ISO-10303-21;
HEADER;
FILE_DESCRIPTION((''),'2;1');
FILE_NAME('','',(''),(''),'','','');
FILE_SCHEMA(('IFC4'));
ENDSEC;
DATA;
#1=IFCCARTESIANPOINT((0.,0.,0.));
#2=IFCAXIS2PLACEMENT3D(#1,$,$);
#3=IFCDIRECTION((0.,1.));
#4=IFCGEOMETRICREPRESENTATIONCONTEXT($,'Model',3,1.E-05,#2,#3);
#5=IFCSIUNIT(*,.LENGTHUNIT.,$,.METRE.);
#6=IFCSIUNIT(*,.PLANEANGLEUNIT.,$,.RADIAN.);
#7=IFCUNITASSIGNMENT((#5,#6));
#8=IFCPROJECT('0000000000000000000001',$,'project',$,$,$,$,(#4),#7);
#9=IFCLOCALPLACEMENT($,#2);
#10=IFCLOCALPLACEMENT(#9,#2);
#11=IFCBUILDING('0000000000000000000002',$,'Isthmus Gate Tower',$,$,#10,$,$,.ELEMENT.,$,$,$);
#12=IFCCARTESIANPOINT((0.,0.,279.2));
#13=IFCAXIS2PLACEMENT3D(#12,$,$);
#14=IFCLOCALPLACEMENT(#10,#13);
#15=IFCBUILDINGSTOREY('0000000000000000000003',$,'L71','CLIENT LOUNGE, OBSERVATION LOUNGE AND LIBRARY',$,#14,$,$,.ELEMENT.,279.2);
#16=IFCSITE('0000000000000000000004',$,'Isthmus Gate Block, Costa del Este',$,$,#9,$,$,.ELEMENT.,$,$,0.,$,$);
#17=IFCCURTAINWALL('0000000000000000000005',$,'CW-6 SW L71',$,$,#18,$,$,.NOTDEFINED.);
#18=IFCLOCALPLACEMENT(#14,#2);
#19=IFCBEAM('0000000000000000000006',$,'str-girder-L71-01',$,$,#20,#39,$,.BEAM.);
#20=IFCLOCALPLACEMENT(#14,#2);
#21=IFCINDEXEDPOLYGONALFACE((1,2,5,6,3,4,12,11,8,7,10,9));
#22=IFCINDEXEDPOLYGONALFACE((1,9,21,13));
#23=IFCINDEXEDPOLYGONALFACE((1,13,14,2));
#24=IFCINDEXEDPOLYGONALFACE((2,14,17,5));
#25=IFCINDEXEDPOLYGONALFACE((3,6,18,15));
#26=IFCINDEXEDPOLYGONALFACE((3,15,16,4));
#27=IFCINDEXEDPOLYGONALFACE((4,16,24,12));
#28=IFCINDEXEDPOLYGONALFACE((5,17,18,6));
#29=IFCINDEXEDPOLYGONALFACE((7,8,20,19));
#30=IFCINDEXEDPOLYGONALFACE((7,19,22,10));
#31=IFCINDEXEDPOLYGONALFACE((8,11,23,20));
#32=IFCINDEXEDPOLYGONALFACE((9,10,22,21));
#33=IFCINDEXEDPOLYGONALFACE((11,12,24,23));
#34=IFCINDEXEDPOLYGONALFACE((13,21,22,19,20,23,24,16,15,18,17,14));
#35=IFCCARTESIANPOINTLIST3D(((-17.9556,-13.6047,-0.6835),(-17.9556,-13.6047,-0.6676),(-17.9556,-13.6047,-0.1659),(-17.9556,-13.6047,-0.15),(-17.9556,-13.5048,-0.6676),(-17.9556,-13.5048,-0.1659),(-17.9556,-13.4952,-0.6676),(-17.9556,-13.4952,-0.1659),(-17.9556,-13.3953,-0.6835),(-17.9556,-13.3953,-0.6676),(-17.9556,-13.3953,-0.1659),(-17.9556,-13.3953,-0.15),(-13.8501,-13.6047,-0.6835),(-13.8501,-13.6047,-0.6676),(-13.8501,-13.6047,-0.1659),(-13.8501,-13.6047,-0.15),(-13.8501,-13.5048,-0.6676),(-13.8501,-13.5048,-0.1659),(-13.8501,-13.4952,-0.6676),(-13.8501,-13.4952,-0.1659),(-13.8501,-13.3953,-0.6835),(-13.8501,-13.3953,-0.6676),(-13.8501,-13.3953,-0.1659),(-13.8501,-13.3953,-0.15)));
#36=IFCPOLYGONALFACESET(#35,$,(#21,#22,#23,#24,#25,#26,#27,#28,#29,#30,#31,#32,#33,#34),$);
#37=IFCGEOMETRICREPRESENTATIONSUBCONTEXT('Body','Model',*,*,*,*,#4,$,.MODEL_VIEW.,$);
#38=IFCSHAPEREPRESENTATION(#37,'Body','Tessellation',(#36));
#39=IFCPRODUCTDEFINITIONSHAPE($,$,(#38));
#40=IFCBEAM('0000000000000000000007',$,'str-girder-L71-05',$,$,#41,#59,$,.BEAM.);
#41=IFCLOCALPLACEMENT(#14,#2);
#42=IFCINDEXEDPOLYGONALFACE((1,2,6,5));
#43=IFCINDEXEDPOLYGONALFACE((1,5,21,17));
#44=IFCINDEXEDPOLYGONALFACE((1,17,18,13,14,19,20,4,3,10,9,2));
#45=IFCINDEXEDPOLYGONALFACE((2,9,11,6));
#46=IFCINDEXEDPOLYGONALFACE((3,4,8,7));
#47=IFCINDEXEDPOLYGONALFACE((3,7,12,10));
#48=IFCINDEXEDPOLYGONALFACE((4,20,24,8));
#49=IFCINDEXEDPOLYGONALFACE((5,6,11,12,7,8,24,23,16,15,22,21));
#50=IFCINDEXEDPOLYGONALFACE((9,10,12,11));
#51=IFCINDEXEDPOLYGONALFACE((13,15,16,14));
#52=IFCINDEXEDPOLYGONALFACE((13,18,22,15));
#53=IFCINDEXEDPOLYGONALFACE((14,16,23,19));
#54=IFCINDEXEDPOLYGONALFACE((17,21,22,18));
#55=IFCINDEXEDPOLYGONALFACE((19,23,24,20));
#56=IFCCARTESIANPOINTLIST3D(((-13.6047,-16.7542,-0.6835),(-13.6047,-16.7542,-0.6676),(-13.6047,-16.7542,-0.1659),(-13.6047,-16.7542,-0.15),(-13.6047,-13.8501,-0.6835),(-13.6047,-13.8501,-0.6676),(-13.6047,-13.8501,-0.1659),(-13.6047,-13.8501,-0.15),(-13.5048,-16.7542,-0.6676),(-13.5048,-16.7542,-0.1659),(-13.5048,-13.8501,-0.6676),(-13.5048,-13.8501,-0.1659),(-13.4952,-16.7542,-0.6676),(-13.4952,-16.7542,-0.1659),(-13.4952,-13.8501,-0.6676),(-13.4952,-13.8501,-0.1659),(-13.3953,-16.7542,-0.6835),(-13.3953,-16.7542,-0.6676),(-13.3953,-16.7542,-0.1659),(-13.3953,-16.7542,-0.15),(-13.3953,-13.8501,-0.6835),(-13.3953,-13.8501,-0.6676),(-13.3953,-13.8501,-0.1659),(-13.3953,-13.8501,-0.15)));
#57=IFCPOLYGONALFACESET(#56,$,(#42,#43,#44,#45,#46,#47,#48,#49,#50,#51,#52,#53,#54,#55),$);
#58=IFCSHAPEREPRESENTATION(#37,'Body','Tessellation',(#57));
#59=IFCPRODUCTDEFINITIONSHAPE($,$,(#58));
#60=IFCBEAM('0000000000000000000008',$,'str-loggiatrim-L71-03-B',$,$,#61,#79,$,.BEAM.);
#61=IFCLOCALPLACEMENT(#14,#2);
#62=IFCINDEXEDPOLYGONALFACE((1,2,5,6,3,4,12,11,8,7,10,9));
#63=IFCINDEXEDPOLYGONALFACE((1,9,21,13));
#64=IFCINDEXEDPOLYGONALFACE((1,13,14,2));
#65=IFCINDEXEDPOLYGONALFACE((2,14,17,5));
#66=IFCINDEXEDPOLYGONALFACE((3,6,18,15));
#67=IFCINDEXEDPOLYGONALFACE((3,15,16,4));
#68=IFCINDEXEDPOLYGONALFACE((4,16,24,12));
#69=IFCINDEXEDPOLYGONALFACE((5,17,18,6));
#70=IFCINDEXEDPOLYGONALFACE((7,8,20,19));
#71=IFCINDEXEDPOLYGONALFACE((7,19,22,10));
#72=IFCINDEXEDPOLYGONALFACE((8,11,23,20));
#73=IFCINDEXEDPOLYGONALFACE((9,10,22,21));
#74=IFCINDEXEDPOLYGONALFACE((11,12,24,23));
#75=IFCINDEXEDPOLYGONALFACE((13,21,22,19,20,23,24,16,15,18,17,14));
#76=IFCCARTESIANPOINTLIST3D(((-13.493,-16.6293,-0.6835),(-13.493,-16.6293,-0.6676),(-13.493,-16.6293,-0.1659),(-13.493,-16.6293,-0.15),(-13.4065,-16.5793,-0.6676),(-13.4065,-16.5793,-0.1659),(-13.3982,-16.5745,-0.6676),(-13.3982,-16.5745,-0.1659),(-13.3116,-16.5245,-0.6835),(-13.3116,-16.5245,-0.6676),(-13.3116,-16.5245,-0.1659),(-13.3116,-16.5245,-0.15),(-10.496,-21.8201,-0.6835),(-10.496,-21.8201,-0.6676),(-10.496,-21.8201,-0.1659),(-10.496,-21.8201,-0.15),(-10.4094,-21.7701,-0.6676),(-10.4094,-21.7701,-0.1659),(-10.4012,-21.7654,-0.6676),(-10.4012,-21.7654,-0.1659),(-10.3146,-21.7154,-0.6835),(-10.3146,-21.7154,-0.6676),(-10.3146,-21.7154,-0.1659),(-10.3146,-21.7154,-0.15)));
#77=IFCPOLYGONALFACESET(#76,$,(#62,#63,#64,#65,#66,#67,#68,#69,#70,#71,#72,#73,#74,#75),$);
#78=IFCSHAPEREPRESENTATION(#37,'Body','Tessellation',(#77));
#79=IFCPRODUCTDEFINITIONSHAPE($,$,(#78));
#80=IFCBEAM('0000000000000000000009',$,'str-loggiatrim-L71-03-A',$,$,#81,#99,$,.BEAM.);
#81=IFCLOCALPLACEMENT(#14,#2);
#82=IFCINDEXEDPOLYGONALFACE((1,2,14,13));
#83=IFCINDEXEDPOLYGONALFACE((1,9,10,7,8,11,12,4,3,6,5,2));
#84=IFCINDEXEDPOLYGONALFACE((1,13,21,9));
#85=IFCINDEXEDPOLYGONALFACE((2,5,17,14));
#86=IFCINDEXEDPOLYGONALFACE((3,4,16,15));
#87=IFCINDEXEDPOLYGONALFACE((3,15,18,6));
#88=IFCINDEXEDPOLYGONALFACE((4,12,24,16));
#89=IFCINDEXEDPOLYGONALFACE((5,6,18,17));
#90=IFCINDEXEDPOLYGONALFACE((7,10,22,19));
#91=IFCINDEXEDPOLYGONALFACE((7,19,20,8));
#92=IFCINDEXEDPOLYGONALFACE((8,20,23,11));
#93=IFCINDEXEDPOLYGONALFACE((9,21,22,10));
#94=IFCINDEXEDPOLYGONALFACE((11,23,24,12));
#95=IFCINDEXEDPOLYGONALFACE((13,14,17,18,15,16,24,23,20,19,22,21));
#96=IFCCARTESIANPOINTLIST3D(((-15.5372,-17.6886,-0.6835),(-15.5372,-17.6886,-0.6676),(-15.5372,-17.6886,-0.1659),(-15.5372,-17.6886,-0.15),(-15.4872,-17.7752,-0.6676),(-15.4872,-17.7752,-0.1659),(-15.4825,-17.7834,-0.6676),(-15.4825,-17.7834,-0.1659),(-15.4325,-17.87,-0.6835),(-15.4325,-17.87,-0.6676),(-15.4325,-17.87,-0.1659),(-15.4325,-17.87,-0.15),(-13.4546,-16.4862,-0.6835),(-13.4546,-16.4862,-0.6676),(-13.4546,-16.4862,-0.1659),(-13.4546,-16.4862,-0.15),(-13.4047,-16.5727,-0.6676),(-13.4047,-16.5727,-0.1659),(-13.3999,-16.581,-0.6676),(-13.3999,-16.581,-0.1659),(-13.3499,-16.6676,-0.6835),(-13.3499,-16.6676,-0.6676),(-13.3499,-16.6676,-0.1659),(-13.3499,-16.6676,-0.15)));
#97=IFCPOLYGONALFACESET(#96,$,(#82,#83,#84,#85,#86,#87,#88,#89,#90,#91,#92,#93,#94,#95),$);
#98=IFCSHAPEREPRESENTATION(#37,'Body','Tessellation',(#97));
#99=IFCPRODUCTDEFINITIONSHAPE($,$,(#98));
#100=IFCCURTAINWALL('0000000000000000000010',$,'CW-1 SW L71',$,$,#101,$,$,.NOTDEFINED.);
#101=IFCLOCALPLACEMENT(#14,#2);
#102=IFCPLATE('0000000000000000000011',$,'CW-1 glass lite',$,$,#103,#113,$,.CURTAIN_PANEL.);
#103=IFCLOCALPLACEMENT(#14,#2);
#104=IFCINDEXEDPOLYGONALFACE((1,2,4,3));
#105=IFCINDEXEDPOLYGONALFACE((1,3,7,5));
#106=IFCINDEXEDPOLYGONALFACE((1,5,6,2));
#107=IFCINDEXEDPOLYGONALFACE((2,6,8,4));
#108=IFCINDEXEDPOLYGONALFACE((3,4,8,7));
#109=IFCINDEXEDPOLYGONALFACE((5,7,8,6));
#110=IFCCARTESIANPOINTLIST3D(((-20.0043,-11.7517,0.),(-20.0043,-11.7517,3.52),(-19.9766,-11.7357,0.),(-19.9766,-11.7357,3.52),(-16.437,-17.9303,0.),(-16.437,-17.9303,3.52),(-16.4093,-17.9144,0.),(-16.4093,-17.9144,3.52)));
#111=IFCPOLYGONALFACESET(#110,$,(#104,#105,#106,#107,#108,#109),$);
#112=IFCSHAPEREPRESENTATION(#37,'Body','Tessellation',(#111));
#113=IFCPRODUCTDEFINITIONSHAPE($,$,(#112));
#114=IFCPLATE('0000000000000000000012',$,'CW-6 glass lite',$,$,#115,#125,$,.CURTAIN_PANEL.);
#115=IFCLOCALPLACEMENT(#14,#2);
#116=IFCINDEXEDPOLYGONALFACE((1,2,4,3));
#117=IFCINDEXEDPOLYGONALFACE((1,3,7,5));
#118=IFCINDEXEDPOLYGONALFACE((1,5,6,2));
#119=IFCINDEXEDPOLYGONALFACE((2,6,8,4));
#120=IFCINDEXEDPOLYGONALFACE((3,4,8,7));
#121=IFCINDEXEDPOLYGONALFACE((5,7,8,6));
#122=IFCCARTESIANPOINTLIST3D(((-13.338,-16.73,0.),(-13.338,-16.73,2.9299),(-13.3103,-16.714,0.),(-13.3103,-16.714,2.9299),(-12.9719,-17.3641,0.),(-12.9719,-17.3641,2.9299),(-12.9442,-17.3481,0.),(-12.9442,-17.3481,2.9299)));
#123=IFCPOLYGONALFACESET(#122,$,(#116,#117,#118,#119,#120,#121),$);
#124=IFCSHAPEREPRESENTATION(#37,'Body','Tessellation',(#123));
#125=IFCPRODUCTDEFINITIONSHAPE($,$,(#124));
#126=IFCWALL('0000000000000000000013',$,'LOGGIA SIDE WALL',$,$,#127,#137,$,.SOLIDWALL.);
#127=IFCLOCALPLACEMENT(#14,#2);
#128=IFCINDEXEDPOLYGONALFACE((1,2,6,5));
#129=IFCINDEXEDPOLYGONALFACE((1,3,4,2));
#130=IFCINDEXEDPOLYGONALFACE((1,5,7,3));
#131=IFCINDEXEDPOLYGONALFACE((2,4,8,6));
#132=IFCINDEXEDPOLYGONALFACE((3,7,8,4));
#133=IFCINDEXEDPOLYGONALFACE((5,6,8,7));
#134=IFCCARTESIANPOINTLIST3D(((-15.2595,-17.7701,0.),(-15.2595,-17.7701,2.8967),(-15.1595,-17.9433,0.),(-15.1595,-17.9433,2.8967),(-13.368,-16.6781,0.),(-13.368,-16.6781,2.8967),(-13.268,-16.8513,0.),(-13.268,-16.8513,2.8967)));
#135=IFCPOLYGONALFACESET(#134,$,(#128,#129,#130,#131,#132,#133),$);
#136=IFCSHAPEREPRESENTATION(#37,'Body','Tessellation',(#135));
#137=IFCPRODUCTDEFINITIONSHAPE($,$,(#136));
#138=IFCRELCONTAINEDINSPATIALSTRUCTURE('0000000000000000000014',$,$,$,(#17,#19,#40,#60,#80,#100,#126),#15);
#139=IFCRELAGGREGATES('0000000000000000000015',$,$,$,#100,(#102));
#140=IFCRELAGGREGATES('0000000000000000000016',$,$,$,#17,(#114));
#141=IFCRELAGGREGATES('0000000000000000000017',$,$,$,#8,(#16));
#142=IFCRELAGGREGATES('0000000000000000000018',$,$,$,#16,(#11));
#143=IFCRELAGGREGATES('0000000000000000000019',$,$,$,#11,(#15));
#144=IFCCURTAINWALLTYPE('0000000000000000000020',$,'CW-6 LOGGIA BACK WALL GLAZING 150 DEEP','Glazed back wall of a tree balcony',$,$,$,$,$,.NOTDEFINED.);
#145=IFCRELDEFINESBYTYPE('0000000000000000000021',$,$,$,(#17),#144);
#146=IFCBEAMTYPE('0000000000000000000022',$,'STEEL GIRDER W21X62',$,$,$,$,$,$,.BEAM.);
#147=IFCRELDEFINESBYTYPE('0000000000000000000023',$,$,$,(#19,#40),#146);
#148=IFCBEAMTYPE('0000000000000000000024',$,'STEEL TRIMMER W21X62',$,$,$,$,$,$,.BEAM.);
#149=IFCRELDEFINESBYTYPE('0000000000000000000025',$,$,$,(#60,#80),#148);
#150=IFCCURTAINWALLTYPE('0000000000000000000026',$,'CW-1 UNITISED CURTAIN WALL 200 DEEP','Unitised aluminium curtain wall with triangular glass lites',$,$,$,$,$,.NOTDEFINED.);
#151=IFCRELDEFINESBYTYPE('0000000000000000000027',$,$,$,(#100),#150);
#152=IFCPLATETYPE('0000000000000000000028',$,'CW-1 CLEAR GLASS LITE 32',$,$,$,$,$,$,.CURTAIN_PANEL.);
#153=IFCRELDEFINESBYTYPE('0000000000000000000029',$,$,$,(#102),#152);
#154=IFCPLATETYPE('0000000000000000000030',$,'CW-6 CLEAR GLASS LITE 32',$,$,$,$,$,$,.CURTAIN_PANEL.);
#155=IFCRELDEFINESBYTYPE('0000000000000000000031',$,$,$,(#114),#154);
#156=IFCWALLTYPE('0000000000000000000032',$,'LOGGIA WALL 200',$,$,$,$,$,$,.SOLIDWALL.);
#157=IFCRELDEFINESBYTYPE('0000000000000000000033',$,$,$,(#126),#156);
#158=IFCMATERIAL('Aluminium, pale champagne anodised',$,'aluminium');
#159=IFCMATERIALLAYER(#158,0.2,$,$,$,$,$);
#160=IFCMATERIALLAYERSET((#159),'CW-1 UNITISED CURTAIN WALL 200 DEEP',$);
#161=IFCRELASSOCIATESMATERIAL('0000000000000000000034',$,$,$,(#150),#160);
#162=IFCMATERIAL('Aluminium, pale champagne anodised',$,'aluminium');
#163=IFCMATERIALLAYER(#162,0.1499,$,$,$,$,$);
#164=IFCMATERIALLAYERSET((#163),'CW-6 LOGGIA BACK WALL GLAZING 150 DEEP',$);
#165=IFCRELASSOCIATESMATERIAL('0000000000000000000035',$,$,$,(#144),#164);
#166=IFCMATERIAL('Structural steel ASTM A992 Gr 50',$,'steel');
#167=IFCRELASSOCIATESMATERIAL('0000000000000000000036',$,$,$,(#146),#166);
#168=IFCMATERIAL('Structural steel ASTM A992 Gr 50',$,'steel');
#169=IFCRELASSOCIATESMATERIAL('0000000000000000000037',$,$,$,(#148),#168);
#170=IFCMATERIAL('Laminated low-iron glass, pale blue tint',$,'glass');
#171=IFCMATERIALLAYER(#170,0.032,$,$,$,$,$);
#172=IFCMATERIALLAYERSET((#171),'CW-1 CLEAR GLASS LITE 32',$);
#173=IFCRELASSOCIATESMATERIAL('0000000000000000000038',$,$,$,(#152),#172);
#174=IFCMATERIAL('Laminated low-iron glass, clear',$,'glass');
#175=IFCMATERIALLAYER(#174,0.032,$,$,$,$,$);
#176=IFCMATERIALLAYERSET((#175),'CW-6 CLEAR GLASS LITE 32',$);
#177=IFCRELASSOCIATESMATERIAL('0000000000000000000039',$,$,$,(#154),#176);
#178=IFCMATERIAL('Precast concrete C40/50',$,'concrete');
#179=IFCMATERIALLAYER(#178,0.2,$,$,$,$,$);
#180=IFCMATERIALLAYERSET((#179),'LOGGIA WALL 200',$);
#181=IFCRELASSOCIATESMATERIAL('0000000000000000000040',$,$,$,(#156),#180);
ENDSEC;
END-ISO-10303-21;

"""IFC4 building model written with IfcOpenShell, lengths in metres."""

from ifc_helpers import new_model, si_unit, direction, frame, frame_2d, origin, origin_2d, place, context, subcontext, project, spatial, rectangle, i_section, extrude, material, layer, layer_set, material_profile, profile_set, type_object, element, aggregate, save


model = new_model("IFC4")

# Units and contexts
model_context = context("Model", 3, precision=1e-05, world=origin(), true_north=direction((0.0, 1.0)))
body_context = subcontext(model_context, "Body", "Model", "MODEL_VIEW")
ifc_project = project(units=[si_unit("LENGTHUNIT", "METRE"), si_unit("PLANEANGLEUNIT", "RADIAN")], contexts=[model_context])

# Site, building, storey
site_placement = place(None, origin())
site = spatial("IfcSite", under=ifc_project, at=site_placement, Name="Isthmus Gate Block, Costa del Este", CompositionType="ELEMENT", RefElevation=0.0)
building_placement = place(site_placement, origin())
building = spatial("IfcBuilding", under=site, at=building_placement, Name="Isthmus Gate Tower", CompositionType="ELEMENT")
storey_placement = place(building_placement, frame((0.0, 0.0, 279.2)))
storey = spatial("IfcBuildingStorey", under=building, at=storey_placement, Name="L71", Description="CLIENT LOUNGE, OBSERVATION LOUNGE AND LIBRARY", CompositionType="ELEMENT", Elevation=279.2)

# Shared definitions
ifc_material_1 = material(Name="Aluminium, pale champagne anodised", Category="aluminium")
ifc_layer_1 = layer(ifc_material_1, 0.2)
ifc_layer_set_1 = layer_set([ifc_layer_1], Name="CW-1 UNITISED CURTAIN WALL 200 DEEP")
curtain_wall_type_1 = type_object("IfcCurtainWallType", Name="CW-1 UNITISED CURTAIN WALL 200 DEEP", Description="Unitised aluminium curtain wall with triangular glass lites", PredefinedType="NOTDEFINED", material=ifc_layer_set_1)

# Curtain wall
ifc_material_2 = material(Name="Aluminium, pale champagne anodised", Category="aluminium")
ifc_layer_2 = layer(ifc_material_2, 0.1499)
ifc_layer_set_2 = layer_set([ifc_layer_2], Name="CW-6 LOGGIA BACK WALL GLAZING 150 DEEP")
curtain_wall_type_2 = type_object("IfcCurtainWallType", Name="CW-6 LOGGIA BACK WALL GLAZING 150 DEEP", Description="Glazed back wall of a tree balcony", PredefinedType="NOTDEFINED", material=ifc_layer_set_2)
curtain_wall_1_placement = place(storey_placement, origin())
curtain_wall_1 = element("IfcCurtainWall", 1, at=curtain_wall_1_placement, inside=storey, type_object=curtain_wall_type_2, Name="CW-6 SW L71", PredefinedType="NOTDEFINED")

# Beams
ifc_material_3 = material(Name="Structural steel ASTM A992 Gr 50", Category="steel")
ifc_material_profile_1 = material_profile(ifc_material_3, i_section(OverallWidth=0.2095, OverallDepth=0.5334, WebThickness=0.0095, FlangeThickness=0.0159, at=origin_2d()), Name="W21X62")
ifc_profile_set_1 = profile_set([ifc_material_profile_1], Name="Structural steel ASTM A992 Gr 50")
beam_type_1 = type_object("IfcBeamType", Name="STEEL GIRDER W21X62", PredefinedType="BEAM", material=ifc_profile_set_1)
beam_1_placement = place(storey_placement, frame((-17.9556, -13.5, -0.4167), z_axis=(1.0, 0.0, 0.0), x_axis=(0.0, 1.0, 0.0)))
element("IfcBeam", 2, at=beam_1_placement, inside=storey, type_object=beam_type_1, Name="str-girder-L71-01", PredefinedType="BEAM", context=body_context, shape_type="SweptSolid", body=[
    extrude(i_section(OverallWidth=0.2095, OverallDepth=0.5334, WebThickness=0.0095, FlangeThickness=0.0159, at=origin_2d()), origin(), (0.0, 0.0, 1.0), 4.1055),
])
beam_2_placement = place(storey_placement, frame((-13.5, -16.7542, -0.4167), z_axis=(0.0, 1.0, 0.0), x_axis=(-1.0, 0.0, 0.0)))
element("IfcBeam", 3, at=beam_2_placement, inside=storey, type_object=beam_type_1, Name="str-girder-L71-05", PredefinedType="BEAM", context=body_context, shape_type="SweptSolid", body=[
    extrude(i_section(OverallWidth=0.2095, OverallDepth=0.5334, WebThickness=0.0095, FlangeThickness=0.0159, at=origin_2d()), origin(), (0.0, 0.0, 1.0), 2.9041),
])
ifc_material_4 = material(Name="Structural steel ASTM A992 Gr 50", Category="steel")
ifc_material_profile_2 = material_profile(ifc_material_4, i_section(OverallWidth=0.2095, OverallDepth=0.5334, WebThickness=0.0095, FlangeThickness=0.0159, at=origin_2d()), Name="W21X62")
ifc_profile_set_2 = profile_set([ifc_material_profile_2], Name="Structural steel ASTM A992 Gr 50")
beam_type_2 = type_object("IfcBeamType", Name="STEEL TRIMMER W21X62", PredefinedType="BEAM", material=ifc_profile_set_2)
beam_3_placement = place(storey_placement, frame((-13.4023, -16.5769, -0.4167), z_axis=(0.500012, -0.866019, 0.0), x_axis=(0.866019, 0.500012, 0.0)))
element("IfcBeam", 4, at=beam_3_placement, inside=storey, type_object=beam_type_2, Name="str-loggiatrim-L71-03-B", PredefinedType="BEAM", context=body_context, shape_type="SweptSolid", body=[
    extrude(i_section(OverallWidth=0.2095, OverallDepth=0.5334, WebThickness=0.0095, FlangeThickness=0.0159, at=origin_2d()), origin(), (0.0, 0.0, 1.0), 5.9939),
])
beam_4_placement = place(storey_placement, frame((-15.4849, -17.7793, -0.4167), z_axis=(0.866017, 0.500015, 0.0), x_axis=(-0.500015, 0.866017, 0.0)))
element("IfcBeam", 5, at=beam_4_placement, inside=storey, type_object=beam_type_2, Name="str-loggiatrim-L71-03-A", PredefinedType="BEAM", context=body_context, shape_type="SweptSolid", body=[
    extrude(i_section(OverallWidth=0.2095, OverallDepth=0.5334, WebThickness=0.0095, FlangeThickness=0.0159, at=origin_2d()), origin(), (0.0, 0.0, 1.0), 2.4048),
])

# Curtain wall, plate
curtain_wall_2_placement = place(storey_placement, origin())
curtain_wall_2 = element("IfcCurtainWall", 6, at=curtain_wall_2_placement, inside=storey, type_object=curtain_wall_type_1, Name="CW-1 SW L71", PredefinedType="NOTDEFINED")
ifc_material_5 = material(Name="Laminated low-iron glass, pale blue tint", Category="glass")
ifc_layer_3 = layer(ifc_material_5, 0.032)
ifc_layer_set_3 = layer_set([ifc_layer_3], Name="CW-1 CLEAR GLASS LITE 32")
plate_type_1 = type_object("IfcPlateType", Name="CW-1 CLEAR GLASS LITE 32", PredefinedType="CURTAIN_PANEL", material=ifc_layer_set_3)
plate_1_placement = place(storey_placement, frame((-18.2068, -14.833, 0.0), z_axis=(0.0, 0.0, 1.0), x_axis=(0.5, -0.866025, 0.0)))
plate_1 = element("IfcPlate", 7, at=plate_1_placement, type_object=plate_type_1, Name="CW-1 glass lite", PredefinedType="CURTAIN_PANEL", context=body_context, shape_type="SweptSolid", body=[
    extrude(rectangle(XDim=7.1345, YDim=0.032, at=origin_2d()), origin(), (0.0, 0.0, 1.0), 3.52),
])
aggregate(curtain_wall_2, [plate_1])

# Plate
ifc_material_6 = material(Name="Laminated low-iron glass, clear", Category="glass")
ifc_layer_4 = layer(ifc_material_6, 0.032)
ifc_layer_set_4 = layer_set([ifc_layer_4], Name="CW-6 CLEAR GLASS LITE 32")
plate_type_2 = type_object("IfcPlateType", Name="CW-6 CLEAR GLASS LITE 32", PredefinedType="CURTAIN_PANEL", material=ifc_layer_set_4)
plate_2_placement = place(storey_placement, frame((-13.1411, -17.0391, 0.0), z_axis=(0.0, 0.0, 1.0), x_axis=(0.5, -0.866025, 0.0)))
plate_2 = element("IfcPlate", 8, at=plate_2_placement, type_object=plate_type_2, Name="CW-6 glass lite", PredefinedType="CURTAIN_PANEL", context=body_context, shape_type="SweptSolid", body=[
    extrude(rectangle(XDim=0.7322, YDim=0.032, at=origin_2d()), origin(), (0.0, 0.0, 1.0), 2.9299),
])
aggregate(curtain_wall_1, [plate_2])

# Shared definitions
ifc_material_7 = material(Name="Precast concrete C40/50", Category="concrete")
ifc_layer_5 = layer(ifc_material_7, 0.2)
ifc_layer_set_5 = layer_set([ifc_layer_5], Name="LOGGIA WALL 200")
wall_type = type_object("IfcWallType", Name="LOGGIA WALL 200", PredefinedType="SOLIDWALL", material=ifc_layer_set_5)

# Wall
wall_1_placement = place(storey_placement, frame((-15.2095, -17.8567, 0.0), z_axis=(0.0, 0.0, 1.0), x_axis=(0.86604, 0.499974, 0.0)))
element("IfcWall", 9, at=wall_1_placement, inside=storey, type_object=wall_type, Name="LOGGIA SIDE WALL", PredefinedType="SOLIDWALL", context=body_context, shape_type="SweptSolid", body=[
    extrude(rectangle(XDim=2.1841, YDim=0.2, at=frame_2d((1.092, 0.0))), origin(), (0.0, 0.0, 1.0), 2.8967),
])

save(model, "model.ifc")
